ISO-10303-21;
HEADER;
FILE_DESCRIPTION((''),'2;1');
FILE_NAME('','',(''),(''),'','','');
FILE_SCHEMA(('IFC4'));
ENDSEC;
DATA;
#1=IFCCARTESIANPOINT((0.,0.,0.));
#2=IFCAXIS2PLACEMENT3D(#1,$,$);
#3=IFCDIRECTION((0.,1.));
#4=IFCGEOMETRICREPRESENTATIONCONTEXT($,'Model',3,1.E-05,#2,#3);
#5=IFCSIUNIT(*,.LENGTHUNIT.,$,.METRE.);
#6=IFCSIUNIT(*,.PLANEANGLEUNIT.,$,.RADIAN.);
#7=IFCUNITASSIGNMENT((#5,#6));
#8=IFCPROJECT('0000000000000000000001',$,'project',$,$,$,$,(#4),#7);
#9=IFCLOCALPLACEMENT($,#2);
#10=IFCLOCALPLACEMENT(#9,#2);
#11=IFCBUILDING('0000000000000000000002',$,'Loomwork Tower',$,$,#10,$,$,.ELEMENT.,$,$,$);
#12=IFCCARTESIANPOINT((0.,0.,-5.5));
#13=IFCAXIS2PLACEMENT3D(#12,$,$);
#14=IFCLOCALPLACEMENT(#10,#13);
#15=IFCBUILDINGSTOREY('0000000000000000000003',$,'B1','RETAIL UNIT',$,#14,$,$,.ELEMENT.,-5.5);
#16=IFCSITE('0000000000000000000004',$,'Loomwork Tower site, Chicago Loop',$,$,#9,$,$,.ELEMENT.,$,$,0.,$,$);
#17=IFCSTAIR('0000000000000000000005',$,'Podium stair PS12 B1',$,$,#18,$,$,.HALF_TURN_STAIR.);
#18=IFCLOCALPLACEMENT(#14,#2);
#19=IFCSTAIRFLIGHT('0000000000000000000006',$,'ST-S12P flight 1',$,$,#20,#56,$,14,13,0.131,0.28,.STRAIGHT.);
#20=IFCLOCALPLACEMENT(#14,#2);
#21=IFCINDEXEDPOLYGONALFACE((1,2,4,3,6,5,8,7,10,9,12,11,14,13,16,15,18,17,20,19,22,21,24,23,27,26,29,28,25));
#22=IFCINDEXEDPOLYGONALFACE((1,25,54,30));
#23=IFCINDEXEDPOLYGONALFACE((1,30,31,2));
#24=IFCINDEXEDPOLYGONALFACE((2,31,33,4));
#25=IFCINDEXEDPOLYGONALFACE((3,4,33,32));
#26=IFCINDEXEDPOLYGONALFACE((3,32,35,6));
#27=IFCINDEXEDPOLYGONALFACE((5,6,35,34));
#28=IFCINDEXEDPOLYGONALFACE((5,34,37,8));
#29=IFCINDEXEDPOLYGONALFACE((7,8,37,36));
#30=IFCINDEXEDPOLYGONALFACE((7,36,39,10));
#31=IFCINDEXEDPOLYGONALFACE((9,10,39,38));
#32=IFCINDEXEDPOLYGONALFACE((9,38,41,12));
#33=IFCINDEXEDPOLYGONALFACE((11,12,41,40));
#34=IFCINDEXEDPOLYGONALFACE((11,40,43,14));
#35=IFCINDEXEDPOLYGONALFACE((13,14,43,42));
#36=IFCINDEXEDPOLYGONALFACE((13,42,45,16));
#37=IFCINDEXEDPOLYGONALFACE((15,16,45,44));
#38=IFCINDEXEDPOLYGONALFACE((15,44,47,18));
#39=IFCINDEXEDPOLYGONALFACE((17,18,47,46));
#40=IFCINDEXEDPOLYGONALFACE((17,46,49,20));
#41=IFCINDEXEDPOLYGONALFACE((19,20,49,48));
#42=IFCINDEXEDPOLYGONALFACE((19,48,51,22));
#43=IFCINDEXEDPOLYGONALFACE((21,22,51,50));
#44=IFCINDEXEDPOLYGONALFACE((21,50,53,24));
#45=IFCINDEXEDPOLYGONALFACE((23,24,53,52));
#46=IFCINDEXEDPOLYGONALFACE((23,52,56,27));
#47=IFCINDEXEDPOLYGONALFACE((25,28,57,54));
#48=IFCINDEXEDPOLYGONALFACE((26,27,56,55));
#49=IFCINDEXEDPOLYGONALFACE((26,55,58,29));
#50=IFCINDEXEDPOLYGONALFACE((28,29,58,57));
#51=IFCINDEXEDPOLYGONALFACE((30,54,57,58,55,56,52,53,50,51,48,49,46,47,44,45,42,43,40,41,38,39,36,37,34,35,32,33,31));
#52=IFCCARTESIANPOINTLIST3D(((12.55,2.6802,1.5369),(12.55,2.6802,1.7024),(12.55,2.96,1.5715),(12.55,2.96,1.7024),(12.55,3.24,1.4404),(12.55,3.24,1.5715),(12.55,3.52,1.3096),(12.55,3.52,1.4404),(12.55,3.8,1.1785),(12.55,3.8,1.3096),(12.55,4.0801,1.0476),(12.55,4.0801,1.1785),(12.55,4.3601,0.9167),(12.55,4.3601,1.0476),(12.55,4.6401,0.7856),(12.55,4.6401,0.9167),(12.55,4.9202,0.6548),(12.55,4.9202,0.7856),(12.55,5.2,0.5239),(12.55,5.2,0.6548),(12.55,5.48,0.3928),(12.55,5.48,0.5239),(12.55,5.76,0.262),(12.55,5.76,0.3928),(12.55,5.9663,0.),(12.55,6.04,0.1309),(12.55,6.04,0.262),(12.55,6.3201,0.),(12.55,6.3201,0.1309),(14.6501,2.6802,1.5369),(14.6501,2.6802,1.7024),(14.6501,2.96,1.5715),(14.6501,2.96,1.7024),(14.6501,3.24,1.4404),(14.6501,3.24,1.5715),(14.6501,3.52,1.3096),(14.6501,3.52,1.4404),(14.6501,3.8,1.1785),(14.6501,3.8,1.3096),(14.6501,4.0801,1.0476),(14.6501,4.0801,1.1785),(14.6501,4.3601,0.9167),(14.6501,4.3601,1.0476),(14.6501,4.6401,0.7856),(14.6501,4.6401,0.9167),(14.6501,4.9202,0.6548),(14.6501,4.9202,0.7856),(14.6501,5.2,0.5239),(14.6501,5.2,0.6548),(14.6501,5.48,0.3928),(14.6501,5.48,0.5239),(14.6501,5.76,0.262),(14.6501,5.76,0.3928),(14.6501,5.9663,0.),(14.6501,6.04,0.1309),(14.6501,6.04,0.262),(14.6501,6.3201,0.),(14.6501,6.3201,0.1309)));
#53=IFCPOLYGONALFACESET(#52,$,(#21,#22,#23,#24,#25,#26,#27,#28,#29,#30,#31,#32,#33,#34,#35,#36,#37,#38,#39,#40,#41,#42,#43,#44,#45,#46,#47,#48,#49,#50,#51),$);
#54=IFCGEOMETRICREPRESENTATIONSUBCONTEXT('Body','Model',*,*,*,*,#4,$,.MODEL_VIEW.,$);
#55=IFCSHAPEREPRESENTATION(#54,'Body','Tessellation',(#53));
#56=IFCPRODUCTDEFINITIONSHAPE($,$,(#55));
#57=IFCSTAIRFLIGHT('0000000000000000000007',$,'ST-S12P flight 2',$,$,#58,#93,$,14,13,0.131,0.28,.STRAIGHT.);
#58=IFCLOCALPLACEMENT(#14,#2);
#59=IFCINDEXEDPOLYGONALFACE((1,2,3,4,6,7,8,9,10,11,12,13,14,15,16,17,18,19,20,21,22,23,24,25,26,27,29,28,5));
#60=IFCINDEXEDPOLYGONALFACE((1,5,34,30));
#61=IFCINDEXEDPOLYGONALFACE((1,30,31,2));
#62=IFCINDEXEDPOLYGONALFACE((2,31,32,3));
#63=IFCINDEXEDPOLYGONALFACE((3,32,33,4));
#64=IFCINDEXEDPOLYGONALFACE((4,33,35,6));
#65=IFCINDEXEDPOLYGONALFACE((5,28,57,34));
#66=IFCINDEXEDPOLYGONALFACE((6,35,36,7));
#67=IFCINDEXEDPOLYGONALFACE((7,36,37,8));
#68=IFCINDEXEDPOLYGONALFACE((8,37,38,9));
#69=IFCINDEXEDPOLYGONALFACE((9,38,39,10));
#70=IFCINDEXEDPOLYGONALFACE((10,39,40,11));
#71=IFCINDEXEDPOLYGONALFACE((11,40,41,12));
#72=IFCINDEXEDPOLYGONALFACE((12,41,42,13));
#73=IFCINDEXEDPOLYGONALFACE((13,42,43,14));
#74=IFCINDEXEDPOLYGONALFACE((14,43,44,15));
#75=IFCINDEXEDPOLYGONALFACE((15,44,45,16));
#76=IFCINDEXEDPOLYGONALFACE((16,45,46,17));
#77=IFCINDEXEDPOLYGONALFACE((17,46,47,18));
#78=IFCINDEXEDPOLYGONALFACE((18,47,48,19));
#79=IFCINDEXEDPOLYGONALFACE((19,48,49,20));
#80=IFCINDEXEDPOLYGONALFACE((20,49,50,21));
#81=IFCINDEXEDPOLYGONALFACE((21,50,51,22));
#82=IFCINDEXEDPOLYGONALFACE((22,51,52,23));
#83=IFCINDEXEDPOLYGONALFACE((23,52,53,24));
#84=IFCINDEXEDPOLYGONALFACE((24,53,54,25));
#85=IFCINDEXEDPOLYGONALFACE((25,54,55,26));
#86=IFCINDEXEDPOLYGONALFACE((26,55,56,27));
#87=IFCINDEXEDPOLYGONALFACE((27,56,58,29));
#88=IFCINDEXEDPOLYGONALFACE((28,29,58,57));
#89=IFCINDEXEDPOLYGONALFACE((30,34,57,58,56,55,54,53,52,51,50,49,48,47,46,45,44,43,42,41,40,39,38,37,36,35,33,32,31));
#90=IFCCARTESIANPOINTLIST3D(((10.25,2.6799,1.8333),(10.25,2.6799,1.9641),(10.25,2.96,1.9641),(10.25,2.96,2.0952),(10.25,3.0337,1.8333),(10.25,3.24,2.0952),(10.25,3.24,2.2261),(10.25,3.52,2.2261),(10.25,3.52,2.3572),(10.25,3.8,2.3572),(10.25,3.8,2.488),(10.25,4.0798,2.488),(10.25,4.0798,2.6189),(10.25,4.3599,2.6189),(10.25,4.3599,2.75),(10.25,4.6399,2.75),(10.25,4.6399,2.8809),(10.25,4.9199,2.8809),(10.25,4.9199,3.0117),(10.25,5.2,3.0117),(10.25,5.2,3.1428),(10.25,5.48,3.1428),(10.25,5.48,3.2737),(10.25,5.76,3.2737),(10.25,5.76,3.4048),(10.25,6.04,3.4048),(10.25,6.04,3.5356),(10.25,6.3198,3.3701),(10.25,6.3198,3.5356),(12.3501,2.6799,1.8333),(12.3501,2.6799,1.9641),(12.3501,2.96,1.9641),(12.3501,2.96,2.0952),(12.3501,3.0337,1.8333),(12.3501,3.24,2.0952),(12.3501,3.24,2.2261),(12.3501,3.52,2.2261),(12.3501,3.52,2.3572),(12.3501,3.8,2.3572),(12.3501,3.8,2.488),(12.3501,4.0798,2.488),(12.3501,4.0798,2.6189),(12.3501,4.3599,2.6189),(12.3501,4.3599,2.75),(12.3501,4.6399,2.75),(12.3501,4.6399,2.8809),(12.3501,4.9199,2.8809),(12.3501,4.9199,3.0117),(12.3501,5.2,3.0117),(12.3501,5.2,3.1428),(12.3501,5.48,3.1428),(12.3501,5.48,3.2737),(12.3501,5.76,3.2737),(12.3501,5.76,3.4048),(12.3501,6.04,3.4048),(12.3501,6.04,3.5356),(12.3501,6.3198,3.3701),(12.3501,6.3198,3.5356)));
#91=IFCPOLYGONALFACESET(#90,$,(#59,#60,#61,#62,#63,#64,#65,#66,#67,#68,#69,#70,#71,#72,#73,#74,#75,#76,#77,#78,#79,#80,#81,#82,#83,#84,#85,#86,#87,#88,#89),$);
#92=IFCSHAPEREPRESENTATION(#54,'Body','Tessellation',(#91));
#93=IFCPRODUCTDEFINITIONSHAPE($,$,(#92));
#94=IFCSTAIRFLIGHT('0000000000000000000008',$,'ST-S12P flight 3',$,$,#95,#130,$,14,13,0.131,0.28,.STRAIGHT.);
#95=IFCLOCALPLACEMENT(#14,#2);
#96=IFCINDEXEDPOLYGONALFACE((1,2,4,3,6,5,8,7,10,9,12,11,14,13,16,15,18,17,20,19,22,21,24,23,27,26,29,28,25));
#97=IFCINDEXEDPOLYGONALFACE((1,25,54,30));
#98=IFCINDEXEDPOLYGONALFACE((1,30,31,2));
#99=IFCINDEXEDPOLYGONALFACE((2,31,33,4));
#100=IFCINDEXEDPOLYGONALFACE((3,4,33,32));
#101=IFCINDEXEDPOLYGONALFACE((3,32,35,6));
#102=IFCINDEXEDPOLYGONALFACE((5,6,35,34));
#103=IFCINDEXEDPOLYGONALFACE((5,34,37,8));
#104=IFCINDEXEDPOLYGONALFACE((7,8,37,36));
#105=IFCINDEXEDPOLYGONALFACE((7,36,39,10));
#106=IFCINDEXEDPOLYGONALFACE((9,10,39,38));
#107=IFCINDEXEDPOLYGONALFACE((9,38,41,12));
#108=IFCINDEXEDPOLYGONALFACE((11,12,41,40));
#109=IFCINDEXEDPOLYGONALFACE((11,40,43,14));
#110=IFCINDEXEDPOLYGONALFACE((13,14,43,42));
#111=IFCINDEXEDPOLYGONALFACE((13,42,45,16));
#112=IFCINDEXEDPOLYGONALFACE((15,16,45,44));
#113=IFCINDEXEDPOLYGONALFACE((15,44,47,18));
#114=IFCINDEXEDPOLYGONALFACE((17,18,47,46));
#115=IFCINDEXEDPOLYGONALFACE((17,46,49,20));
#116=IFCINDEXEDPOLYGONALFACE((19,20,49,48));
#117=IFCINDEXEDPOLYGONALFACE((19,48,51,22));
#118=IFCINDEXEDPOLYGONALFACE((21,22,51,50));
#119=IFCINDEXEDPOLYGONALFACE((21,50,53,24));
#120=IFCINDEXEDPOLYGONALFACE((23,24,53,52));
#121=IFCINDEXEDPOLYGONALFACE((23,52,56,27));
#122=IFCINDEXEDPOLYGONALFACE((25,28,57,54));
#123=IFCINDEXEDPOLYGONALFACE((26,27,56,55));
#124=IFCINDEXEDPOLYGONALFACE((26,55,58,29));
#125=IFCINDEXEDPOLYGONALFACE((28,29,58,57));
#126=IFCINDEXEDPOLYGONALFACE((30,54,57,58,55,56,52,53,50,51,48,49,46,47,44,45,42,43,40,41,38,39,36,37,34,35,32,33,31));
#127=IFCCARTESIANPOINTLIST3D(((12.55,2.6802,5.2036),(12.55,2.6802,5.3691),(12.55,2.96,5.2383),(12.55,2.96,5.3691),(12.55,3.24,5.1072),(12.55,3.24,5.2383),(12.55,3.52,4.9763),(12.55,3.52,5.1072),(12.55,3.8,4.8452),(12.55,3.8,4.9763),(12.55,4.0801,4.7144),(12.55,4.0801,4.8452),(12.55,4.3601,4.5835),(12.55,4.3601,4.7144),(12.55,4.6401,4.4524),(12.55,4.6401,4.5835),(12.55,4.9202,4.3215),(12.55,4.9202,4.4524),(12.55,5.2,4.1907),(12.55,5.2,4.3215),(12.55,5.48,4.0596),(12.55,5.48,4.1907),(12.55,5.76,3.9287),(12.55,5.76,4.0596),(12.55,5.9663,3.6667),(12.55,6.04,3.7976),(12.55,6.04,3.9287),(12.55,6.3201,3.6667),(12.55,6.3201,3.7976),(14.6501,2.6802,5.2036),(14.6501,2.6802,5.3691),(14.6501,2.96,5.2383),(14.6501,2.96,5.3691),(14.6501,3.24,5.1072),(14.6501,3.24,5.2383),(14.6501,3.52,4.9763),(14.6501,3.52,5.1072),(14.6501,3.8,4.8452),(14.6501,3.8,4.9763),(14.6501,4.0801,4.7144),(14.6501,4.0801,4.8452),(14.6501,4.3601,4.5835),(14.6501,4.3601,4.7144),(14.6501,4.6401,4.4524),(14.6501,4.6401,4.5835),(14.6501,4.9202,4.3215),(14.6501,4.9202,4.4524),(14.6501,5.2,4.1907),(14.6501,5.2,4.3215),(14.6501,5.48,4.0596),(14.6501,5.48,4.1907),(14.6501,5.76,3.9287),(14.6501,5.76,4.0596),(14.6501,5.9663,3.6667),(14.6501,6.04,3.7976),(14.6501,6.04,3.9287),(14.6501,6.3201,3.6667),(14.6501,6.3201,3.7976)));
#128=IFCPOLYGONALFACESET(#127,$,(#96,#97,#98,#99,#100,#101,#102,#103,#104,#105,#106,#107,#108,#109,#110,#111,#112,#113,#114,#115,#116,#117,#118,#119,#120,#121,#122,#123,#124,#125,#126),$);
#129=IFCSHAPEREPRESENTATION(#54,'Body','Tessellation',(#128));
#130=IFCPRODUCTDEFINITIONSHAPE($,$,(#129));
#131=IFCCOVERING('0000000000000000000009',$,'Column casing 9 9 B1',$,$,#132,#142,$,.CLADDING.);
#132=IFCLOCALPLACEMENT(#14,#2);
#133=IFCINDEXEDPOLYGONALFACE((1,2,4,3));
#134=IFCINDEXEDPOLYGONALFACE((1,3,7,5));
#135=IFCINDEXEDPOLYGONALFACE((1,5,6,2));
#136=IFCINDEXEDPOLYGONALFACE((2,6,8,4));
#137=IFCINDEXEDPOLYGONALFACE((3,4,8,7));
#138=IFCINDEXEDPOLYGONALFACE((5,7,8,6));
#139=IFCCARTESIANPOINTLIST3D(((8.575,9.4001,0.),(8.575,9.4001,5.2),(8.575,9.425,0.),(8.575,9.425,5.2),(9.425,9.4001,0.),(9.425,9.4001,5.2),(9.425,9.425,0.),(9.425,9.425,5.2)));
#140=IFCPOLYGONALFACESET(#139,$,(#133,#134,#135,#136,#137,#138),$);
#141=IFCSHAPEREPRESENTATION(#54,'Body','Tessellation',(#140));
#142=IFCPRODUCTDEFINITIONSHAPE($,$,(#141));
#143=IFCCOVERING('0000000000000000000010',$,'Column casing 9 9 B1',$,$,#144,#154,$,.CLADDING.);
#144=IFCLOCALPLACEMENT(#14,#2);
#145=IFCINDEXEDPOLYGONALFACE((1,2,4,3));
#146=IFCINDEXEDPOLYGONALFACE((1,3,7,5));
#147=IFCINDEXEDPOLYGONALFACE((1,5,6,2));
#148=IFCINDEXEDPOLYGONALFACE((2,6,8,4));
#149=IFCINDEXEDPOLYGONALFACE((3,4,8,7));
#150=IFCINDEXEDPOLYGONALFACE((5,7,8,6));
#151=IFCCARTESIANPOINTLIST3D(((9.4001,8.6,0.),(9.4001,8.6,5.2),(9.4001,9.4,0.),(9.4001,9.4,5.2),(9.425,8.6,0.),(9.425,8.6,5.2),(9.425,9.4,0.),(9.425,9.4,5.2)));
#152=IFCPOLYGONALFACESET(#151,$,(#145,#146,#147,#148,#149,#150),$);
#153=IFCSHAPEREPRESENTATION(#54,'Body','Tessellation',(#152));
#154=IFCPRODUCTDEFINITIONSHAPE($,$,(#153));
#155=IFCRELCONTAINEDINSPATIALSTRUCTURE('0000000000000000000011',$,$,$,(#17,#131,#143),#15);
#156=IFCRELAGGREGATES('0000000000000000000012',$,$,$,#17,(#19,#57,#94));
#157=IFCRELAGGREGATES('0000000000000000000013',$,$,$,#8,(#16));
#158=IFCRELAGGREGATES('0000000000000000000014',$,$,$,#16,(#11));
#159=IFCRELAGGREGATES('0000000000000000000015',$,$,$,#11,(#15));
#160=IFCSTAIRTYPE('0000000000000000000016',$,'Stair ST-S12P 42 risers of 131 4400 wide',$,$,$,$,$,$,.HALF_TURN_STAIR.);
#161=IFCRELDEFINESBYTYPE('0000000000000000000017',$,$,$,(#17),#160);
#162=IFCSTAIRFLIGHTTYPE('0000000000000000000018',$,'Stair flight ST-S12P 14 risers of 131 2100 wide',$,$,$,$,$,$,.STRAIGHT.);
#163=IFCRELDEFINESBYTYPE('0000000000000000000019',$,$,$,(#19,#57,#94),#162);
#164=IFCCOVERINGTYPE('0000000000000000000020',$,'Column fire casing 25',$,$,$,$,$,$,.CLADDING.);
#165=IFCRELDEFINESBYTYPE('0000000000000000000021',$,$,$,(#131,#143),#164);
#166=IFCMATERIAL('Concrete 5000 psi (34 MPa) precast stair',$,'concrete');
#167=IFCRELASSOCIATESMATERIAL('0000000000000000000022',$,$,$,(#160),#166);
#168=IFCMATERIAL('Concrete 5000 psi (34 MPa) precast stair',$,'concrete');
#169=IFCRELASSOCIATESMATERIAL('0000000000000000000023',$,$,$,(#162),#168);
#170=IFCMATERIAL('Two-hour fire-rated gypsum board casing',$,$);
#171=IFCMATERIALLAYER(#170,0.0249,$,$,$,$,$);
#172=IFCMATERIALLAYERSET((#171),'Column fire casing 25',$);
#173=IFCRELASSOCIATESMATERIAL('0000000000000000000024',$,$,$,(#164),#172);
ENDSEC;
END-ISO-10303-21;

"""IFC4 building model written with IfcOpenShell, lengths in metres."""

from ifc_helpers import new_model, si_unit, direction, frame, origin, origin_2d, place, context, subcontext, project, spatial, polyline, rectangle, outline, extrude, material, layer, layer_set, type_object, element, aggregate, save


model = new_model("IFC4")

# Units and contexts
model_context = context("Model", 3, precision=1e-05, world=origin(), true_north=direction((0.0, 1.0)))
body_context = subcontext(model_context, "Body", "Model", "MODEL_VIEW")
ifc_project = project(units=[si_unit("LENGTHUNIT", "METRE"), si_unit("PLANEANGLEUNIT", "RADIAN")], contexts=[model_context])

# Site, building, storey
site_placement = place(None, origin())
site = spatial("IfcSite", under=ifc_project, at=site_placement, Name="Loomwork Tower site, Chicago Loop", CompositionType="ELEMENT", RefElevation=0.0)
building_placement = place(site_placement, origin())
building = spatial("IfcBuilding", under=site, at=building_placement, Name="Loomwork Tower", CompositionType="ELEMENT")
storey_placement = place(building_placement, frame((0.0, 0.0, -5.5)))
storey = spatial("IfcBuildingStorey", under=building, at=storey_placement, Name="B1", Description="RETAIL UNIT", CompositionType="ELEMENT", Elevation=-5.5)

# Stair, stair flights
ifc_material_1 = material(Name="Concrete 5000 psi (34 MPa) precast stair", Category="concrete")
stair_type = type_object("IfcStairType", Name="Stair ST-S12P 42 risers of 131 4400 wide", PredefinedType="HALF_TURN_STAIR", material=ifc_material_1)
stair_placement = place(storey_placement, origin())
stair = element("IfcStair", 1, at=stair_placement, inside=storey, type_object=stair_type, Name="Podium stair PS12 B1", PredefinedType="HALF_TURN_STAIR")
ifc_material_2 = material(Name="Concrete 5000 psi (34 MPa) precast stair", Category="concrete")
stair_flight_type = type_object("IfcStairFlightType", Name="Stair flight ST-S12P 14 risers of 131 2100 wide", PredefinedType="STRAIGHT", material=ifc_material_2)
stair_flight_1_placement = place(storey_placement, frame((13.6001, 6.3201, 0.0), z_axis=(0.0, 0.0, 1.0), x_axis=(0.0, -1.0, 0.0)))
stair_flight_1 = element("IfcStairFlight", 2, at=stair_flight_1_placement, type_object=stair_flight_type, Name="ST-S12P flight 1", NumberOfRisers=14, NumberOfTreads=13, PredefinedType="STRAIGHT", RiserHeight=0.131, TreadLength=0.28, context=body_context, shape_type="SweptSolid", body=[
    extrude(outline(polyline([(0.0, 0.0), (0.0, 0.1309), (0.28, 0.1309), (0.28, 0.262), (0.5601, 0.262), (0.5601, 0.3928), (0.8401, 0.3928), (0.8401, 0.5239), (1.1201, 0.5239), (1.1201, 0.6548), (1.3999, 0.6548), (1.3999, 0.7856), (1.6799, 0.7856), (1.6799, 0.9167), (1.96, 0.9167), (1.96, 1.0476), (2.24, 1.0476), (2.24, 1.1785), (2.52, 1.1785), (2.52, 1.3096), (2.8, 1.3096), (2.8, 1.4404), (3.0801, 1.4404), (3.0801, 1.5715), (3.3601, 1.5715), (3.3601, 1.7024), (3.6399, 1.7024), (3.6399, 1.8333), (3.6399, 1.5369), (0.3538, 0.0), (0.0, 0.0)])), frame((0.0, 1.05, 0.0), z_axis=(0.0, -1.0, 0.0), x_axis=(1.0, 0.0, 0.0)), (0.0, 0.0, 1.0), 2.1001),
])
stair_flight_2_placement = place(storey_placement, frame((11.3, 2.6799, 1.8333), z_axis=(0.0, 0.0, 1.0), x_axis=(0.0, 1.0, 0.0)))
stair_flight_2 = element("IfcStairFlight", 3, at=stair_flight_2_placement, type_object=stair_flight_type, Name="ST-S12P flight 2", NumberOfRisers=14, NumberOfTreads=13, PredefinedType="STRAIGHT", RiserHeight=0.131, TreadLength=0.28, context=body_context, shape_type="SweptSolid", body=[
    extrude(outline(polyline([(0.0, 0.0), (0.0, 0.1309), (0.28, 0.1309), (0.28, 0.262), (0.5601, 0.262), (0.5601, 0.3928), (0.8401, 0.3928), (0.8401, 0.5239), (1.1201, 0.5239), (1.1201, 0.6548), (1.3999, 0.6548), (1.3999, 0.7856), (1.6799, 0.7856), (1.6799, 0.9167), (1.96, 0.9167), (1.96, 1.0476), (2.24, 1.0476), (2.24, 1.1785), (2.52, 1.1785), (2.52, 1.3096), (2.8, 1.3096), (2.8, 1.4404), (3.0801, 1.4404), (3.0801, 1.5715), (3.3601, 1.5715), (3.3601, 1.7024), (3.6399, 1.7024), (3.6399, 1.8333), (3.6399, 1.5369), (0.3538, 0.0), (0.0, 0.0)])), frame((0.0, 1.05, 0.0), z_axis=(0.0, -1.0, 0.0), x_axis=(1.0, 0.0, 0.0)), (0.0, 0.0, 1.0), 2.1001),
])
stair_flight_3_placement = place(storey_placement, frame((13.6001, 6.3201, 3.6667), z_axis=(0.0, 0.0, 1.0), x_axis=(0.0, -1.0, 0.0)))
stair_flight_3 = element("IfcStairFlight", 4, at=stair_flight_3_placement, type_object=stair_flight_type, Name="ST-S12P flight 3", NumberOfRisers=14, NumberOfTreads=13, PredefinedType="STRAIGHT", RiserHeight=0.131, TreadLength=0.28, context=body_context, shape_type="SweptSolid", body=[
    extrude(outline(polyline([(0.0, 0.0), (0.0, 0.1309), (0.28, 0.1309), (0.28, 0.262), (0.5601, 0.262), (0.5601, 0.3928), (0.8401, 0.3928), (0.8401, 0.5239), (1.1201, 0.5239), (1.1201, 0.6548), (1.3999, 0.6548), (1.3999, 0.7856), (1.6799, 0.7856), (1.6799, 0.9167), (1.96, 0.9167), (1.96, 1.0476), (2.24, 1.0476), (2.24, 1.1785), (2.52, 1.1785), (2.52, 1.3096), (2.8, 1.3096), (2.8, 1.4404), (3.0801, 1.4404), (3.0801, 1.5715), (3.3601, 1.5715), (3.3601, 1.7024), (3.6399, 1.7024), (3.6399, 1.8333), (3.6399, 1.5369), (0.3538, 0.0), (0.0, 0.0)])), frame((0.0, 1.05, 0.0), z_axis=(0.0, -1.0, 0.0), x_axis=(1.0, 0.0, 0.0)), (0.0, 0.0, 1.0), 2.1001),
])
aggregate(stair, [stair_flight_1, stair_flight_2, stair_flight_3])

# Coverings
ifc_material_3 = material(Name="Two-hour fire-rated gypsum board casing")
ifc_layer_1 = layer(ifc_material_3, 0.0249)
ifc_layer_set_1 = layer_set([ifc_layer_1], Name="Column fire casing 25")
covering_type = type_object("IfcCoveringType", Name="Column fire casing 25", PredefinedType="CLADDING", material=ifc_layer_set_1)
covering_1_placement = place(storey_placement, frame((9.0, 9.4126, 0.0), z_axis=(0.0, 0.0, 1.0), x_axis=(1.0, 0.0, 0.0)))
element("IfcCovering", 5, at=covering_1_placement, inside=storey, type_object=covering_type, Name="Column casing 9 9 B1", PredefinedType="CLADDING", context=body_context, shape_type="SweptSolid", body=[
    extrude(rectangle(XDim=0.8501, YDim=0.0249, at=origin_2d()), origin(), (0.0, 0.0, 1.0), 5.2),
])
covering_2_placement = place(storey_placement, frame((9.4126, 9.0, 0.0), z_axis=(0.0, 0.0, 1.0), x_axis=(1.0, 0.0, 0.0)))
element("IfcCovering", 6, at=covering_2_placement, inside=storey, type_object=covering_type, Name="Column casing 9 9 B1", PredefinedType="CLADDING", context=body_context, shape_type="SweptSolid", body=[
    extrude(rectangle(XDim=0.0249, YDim=0.8, at=origin_2d()), origin(), (0.0, 0.0, 1.0), 5.2),
])

save(model, "model.ifc")
